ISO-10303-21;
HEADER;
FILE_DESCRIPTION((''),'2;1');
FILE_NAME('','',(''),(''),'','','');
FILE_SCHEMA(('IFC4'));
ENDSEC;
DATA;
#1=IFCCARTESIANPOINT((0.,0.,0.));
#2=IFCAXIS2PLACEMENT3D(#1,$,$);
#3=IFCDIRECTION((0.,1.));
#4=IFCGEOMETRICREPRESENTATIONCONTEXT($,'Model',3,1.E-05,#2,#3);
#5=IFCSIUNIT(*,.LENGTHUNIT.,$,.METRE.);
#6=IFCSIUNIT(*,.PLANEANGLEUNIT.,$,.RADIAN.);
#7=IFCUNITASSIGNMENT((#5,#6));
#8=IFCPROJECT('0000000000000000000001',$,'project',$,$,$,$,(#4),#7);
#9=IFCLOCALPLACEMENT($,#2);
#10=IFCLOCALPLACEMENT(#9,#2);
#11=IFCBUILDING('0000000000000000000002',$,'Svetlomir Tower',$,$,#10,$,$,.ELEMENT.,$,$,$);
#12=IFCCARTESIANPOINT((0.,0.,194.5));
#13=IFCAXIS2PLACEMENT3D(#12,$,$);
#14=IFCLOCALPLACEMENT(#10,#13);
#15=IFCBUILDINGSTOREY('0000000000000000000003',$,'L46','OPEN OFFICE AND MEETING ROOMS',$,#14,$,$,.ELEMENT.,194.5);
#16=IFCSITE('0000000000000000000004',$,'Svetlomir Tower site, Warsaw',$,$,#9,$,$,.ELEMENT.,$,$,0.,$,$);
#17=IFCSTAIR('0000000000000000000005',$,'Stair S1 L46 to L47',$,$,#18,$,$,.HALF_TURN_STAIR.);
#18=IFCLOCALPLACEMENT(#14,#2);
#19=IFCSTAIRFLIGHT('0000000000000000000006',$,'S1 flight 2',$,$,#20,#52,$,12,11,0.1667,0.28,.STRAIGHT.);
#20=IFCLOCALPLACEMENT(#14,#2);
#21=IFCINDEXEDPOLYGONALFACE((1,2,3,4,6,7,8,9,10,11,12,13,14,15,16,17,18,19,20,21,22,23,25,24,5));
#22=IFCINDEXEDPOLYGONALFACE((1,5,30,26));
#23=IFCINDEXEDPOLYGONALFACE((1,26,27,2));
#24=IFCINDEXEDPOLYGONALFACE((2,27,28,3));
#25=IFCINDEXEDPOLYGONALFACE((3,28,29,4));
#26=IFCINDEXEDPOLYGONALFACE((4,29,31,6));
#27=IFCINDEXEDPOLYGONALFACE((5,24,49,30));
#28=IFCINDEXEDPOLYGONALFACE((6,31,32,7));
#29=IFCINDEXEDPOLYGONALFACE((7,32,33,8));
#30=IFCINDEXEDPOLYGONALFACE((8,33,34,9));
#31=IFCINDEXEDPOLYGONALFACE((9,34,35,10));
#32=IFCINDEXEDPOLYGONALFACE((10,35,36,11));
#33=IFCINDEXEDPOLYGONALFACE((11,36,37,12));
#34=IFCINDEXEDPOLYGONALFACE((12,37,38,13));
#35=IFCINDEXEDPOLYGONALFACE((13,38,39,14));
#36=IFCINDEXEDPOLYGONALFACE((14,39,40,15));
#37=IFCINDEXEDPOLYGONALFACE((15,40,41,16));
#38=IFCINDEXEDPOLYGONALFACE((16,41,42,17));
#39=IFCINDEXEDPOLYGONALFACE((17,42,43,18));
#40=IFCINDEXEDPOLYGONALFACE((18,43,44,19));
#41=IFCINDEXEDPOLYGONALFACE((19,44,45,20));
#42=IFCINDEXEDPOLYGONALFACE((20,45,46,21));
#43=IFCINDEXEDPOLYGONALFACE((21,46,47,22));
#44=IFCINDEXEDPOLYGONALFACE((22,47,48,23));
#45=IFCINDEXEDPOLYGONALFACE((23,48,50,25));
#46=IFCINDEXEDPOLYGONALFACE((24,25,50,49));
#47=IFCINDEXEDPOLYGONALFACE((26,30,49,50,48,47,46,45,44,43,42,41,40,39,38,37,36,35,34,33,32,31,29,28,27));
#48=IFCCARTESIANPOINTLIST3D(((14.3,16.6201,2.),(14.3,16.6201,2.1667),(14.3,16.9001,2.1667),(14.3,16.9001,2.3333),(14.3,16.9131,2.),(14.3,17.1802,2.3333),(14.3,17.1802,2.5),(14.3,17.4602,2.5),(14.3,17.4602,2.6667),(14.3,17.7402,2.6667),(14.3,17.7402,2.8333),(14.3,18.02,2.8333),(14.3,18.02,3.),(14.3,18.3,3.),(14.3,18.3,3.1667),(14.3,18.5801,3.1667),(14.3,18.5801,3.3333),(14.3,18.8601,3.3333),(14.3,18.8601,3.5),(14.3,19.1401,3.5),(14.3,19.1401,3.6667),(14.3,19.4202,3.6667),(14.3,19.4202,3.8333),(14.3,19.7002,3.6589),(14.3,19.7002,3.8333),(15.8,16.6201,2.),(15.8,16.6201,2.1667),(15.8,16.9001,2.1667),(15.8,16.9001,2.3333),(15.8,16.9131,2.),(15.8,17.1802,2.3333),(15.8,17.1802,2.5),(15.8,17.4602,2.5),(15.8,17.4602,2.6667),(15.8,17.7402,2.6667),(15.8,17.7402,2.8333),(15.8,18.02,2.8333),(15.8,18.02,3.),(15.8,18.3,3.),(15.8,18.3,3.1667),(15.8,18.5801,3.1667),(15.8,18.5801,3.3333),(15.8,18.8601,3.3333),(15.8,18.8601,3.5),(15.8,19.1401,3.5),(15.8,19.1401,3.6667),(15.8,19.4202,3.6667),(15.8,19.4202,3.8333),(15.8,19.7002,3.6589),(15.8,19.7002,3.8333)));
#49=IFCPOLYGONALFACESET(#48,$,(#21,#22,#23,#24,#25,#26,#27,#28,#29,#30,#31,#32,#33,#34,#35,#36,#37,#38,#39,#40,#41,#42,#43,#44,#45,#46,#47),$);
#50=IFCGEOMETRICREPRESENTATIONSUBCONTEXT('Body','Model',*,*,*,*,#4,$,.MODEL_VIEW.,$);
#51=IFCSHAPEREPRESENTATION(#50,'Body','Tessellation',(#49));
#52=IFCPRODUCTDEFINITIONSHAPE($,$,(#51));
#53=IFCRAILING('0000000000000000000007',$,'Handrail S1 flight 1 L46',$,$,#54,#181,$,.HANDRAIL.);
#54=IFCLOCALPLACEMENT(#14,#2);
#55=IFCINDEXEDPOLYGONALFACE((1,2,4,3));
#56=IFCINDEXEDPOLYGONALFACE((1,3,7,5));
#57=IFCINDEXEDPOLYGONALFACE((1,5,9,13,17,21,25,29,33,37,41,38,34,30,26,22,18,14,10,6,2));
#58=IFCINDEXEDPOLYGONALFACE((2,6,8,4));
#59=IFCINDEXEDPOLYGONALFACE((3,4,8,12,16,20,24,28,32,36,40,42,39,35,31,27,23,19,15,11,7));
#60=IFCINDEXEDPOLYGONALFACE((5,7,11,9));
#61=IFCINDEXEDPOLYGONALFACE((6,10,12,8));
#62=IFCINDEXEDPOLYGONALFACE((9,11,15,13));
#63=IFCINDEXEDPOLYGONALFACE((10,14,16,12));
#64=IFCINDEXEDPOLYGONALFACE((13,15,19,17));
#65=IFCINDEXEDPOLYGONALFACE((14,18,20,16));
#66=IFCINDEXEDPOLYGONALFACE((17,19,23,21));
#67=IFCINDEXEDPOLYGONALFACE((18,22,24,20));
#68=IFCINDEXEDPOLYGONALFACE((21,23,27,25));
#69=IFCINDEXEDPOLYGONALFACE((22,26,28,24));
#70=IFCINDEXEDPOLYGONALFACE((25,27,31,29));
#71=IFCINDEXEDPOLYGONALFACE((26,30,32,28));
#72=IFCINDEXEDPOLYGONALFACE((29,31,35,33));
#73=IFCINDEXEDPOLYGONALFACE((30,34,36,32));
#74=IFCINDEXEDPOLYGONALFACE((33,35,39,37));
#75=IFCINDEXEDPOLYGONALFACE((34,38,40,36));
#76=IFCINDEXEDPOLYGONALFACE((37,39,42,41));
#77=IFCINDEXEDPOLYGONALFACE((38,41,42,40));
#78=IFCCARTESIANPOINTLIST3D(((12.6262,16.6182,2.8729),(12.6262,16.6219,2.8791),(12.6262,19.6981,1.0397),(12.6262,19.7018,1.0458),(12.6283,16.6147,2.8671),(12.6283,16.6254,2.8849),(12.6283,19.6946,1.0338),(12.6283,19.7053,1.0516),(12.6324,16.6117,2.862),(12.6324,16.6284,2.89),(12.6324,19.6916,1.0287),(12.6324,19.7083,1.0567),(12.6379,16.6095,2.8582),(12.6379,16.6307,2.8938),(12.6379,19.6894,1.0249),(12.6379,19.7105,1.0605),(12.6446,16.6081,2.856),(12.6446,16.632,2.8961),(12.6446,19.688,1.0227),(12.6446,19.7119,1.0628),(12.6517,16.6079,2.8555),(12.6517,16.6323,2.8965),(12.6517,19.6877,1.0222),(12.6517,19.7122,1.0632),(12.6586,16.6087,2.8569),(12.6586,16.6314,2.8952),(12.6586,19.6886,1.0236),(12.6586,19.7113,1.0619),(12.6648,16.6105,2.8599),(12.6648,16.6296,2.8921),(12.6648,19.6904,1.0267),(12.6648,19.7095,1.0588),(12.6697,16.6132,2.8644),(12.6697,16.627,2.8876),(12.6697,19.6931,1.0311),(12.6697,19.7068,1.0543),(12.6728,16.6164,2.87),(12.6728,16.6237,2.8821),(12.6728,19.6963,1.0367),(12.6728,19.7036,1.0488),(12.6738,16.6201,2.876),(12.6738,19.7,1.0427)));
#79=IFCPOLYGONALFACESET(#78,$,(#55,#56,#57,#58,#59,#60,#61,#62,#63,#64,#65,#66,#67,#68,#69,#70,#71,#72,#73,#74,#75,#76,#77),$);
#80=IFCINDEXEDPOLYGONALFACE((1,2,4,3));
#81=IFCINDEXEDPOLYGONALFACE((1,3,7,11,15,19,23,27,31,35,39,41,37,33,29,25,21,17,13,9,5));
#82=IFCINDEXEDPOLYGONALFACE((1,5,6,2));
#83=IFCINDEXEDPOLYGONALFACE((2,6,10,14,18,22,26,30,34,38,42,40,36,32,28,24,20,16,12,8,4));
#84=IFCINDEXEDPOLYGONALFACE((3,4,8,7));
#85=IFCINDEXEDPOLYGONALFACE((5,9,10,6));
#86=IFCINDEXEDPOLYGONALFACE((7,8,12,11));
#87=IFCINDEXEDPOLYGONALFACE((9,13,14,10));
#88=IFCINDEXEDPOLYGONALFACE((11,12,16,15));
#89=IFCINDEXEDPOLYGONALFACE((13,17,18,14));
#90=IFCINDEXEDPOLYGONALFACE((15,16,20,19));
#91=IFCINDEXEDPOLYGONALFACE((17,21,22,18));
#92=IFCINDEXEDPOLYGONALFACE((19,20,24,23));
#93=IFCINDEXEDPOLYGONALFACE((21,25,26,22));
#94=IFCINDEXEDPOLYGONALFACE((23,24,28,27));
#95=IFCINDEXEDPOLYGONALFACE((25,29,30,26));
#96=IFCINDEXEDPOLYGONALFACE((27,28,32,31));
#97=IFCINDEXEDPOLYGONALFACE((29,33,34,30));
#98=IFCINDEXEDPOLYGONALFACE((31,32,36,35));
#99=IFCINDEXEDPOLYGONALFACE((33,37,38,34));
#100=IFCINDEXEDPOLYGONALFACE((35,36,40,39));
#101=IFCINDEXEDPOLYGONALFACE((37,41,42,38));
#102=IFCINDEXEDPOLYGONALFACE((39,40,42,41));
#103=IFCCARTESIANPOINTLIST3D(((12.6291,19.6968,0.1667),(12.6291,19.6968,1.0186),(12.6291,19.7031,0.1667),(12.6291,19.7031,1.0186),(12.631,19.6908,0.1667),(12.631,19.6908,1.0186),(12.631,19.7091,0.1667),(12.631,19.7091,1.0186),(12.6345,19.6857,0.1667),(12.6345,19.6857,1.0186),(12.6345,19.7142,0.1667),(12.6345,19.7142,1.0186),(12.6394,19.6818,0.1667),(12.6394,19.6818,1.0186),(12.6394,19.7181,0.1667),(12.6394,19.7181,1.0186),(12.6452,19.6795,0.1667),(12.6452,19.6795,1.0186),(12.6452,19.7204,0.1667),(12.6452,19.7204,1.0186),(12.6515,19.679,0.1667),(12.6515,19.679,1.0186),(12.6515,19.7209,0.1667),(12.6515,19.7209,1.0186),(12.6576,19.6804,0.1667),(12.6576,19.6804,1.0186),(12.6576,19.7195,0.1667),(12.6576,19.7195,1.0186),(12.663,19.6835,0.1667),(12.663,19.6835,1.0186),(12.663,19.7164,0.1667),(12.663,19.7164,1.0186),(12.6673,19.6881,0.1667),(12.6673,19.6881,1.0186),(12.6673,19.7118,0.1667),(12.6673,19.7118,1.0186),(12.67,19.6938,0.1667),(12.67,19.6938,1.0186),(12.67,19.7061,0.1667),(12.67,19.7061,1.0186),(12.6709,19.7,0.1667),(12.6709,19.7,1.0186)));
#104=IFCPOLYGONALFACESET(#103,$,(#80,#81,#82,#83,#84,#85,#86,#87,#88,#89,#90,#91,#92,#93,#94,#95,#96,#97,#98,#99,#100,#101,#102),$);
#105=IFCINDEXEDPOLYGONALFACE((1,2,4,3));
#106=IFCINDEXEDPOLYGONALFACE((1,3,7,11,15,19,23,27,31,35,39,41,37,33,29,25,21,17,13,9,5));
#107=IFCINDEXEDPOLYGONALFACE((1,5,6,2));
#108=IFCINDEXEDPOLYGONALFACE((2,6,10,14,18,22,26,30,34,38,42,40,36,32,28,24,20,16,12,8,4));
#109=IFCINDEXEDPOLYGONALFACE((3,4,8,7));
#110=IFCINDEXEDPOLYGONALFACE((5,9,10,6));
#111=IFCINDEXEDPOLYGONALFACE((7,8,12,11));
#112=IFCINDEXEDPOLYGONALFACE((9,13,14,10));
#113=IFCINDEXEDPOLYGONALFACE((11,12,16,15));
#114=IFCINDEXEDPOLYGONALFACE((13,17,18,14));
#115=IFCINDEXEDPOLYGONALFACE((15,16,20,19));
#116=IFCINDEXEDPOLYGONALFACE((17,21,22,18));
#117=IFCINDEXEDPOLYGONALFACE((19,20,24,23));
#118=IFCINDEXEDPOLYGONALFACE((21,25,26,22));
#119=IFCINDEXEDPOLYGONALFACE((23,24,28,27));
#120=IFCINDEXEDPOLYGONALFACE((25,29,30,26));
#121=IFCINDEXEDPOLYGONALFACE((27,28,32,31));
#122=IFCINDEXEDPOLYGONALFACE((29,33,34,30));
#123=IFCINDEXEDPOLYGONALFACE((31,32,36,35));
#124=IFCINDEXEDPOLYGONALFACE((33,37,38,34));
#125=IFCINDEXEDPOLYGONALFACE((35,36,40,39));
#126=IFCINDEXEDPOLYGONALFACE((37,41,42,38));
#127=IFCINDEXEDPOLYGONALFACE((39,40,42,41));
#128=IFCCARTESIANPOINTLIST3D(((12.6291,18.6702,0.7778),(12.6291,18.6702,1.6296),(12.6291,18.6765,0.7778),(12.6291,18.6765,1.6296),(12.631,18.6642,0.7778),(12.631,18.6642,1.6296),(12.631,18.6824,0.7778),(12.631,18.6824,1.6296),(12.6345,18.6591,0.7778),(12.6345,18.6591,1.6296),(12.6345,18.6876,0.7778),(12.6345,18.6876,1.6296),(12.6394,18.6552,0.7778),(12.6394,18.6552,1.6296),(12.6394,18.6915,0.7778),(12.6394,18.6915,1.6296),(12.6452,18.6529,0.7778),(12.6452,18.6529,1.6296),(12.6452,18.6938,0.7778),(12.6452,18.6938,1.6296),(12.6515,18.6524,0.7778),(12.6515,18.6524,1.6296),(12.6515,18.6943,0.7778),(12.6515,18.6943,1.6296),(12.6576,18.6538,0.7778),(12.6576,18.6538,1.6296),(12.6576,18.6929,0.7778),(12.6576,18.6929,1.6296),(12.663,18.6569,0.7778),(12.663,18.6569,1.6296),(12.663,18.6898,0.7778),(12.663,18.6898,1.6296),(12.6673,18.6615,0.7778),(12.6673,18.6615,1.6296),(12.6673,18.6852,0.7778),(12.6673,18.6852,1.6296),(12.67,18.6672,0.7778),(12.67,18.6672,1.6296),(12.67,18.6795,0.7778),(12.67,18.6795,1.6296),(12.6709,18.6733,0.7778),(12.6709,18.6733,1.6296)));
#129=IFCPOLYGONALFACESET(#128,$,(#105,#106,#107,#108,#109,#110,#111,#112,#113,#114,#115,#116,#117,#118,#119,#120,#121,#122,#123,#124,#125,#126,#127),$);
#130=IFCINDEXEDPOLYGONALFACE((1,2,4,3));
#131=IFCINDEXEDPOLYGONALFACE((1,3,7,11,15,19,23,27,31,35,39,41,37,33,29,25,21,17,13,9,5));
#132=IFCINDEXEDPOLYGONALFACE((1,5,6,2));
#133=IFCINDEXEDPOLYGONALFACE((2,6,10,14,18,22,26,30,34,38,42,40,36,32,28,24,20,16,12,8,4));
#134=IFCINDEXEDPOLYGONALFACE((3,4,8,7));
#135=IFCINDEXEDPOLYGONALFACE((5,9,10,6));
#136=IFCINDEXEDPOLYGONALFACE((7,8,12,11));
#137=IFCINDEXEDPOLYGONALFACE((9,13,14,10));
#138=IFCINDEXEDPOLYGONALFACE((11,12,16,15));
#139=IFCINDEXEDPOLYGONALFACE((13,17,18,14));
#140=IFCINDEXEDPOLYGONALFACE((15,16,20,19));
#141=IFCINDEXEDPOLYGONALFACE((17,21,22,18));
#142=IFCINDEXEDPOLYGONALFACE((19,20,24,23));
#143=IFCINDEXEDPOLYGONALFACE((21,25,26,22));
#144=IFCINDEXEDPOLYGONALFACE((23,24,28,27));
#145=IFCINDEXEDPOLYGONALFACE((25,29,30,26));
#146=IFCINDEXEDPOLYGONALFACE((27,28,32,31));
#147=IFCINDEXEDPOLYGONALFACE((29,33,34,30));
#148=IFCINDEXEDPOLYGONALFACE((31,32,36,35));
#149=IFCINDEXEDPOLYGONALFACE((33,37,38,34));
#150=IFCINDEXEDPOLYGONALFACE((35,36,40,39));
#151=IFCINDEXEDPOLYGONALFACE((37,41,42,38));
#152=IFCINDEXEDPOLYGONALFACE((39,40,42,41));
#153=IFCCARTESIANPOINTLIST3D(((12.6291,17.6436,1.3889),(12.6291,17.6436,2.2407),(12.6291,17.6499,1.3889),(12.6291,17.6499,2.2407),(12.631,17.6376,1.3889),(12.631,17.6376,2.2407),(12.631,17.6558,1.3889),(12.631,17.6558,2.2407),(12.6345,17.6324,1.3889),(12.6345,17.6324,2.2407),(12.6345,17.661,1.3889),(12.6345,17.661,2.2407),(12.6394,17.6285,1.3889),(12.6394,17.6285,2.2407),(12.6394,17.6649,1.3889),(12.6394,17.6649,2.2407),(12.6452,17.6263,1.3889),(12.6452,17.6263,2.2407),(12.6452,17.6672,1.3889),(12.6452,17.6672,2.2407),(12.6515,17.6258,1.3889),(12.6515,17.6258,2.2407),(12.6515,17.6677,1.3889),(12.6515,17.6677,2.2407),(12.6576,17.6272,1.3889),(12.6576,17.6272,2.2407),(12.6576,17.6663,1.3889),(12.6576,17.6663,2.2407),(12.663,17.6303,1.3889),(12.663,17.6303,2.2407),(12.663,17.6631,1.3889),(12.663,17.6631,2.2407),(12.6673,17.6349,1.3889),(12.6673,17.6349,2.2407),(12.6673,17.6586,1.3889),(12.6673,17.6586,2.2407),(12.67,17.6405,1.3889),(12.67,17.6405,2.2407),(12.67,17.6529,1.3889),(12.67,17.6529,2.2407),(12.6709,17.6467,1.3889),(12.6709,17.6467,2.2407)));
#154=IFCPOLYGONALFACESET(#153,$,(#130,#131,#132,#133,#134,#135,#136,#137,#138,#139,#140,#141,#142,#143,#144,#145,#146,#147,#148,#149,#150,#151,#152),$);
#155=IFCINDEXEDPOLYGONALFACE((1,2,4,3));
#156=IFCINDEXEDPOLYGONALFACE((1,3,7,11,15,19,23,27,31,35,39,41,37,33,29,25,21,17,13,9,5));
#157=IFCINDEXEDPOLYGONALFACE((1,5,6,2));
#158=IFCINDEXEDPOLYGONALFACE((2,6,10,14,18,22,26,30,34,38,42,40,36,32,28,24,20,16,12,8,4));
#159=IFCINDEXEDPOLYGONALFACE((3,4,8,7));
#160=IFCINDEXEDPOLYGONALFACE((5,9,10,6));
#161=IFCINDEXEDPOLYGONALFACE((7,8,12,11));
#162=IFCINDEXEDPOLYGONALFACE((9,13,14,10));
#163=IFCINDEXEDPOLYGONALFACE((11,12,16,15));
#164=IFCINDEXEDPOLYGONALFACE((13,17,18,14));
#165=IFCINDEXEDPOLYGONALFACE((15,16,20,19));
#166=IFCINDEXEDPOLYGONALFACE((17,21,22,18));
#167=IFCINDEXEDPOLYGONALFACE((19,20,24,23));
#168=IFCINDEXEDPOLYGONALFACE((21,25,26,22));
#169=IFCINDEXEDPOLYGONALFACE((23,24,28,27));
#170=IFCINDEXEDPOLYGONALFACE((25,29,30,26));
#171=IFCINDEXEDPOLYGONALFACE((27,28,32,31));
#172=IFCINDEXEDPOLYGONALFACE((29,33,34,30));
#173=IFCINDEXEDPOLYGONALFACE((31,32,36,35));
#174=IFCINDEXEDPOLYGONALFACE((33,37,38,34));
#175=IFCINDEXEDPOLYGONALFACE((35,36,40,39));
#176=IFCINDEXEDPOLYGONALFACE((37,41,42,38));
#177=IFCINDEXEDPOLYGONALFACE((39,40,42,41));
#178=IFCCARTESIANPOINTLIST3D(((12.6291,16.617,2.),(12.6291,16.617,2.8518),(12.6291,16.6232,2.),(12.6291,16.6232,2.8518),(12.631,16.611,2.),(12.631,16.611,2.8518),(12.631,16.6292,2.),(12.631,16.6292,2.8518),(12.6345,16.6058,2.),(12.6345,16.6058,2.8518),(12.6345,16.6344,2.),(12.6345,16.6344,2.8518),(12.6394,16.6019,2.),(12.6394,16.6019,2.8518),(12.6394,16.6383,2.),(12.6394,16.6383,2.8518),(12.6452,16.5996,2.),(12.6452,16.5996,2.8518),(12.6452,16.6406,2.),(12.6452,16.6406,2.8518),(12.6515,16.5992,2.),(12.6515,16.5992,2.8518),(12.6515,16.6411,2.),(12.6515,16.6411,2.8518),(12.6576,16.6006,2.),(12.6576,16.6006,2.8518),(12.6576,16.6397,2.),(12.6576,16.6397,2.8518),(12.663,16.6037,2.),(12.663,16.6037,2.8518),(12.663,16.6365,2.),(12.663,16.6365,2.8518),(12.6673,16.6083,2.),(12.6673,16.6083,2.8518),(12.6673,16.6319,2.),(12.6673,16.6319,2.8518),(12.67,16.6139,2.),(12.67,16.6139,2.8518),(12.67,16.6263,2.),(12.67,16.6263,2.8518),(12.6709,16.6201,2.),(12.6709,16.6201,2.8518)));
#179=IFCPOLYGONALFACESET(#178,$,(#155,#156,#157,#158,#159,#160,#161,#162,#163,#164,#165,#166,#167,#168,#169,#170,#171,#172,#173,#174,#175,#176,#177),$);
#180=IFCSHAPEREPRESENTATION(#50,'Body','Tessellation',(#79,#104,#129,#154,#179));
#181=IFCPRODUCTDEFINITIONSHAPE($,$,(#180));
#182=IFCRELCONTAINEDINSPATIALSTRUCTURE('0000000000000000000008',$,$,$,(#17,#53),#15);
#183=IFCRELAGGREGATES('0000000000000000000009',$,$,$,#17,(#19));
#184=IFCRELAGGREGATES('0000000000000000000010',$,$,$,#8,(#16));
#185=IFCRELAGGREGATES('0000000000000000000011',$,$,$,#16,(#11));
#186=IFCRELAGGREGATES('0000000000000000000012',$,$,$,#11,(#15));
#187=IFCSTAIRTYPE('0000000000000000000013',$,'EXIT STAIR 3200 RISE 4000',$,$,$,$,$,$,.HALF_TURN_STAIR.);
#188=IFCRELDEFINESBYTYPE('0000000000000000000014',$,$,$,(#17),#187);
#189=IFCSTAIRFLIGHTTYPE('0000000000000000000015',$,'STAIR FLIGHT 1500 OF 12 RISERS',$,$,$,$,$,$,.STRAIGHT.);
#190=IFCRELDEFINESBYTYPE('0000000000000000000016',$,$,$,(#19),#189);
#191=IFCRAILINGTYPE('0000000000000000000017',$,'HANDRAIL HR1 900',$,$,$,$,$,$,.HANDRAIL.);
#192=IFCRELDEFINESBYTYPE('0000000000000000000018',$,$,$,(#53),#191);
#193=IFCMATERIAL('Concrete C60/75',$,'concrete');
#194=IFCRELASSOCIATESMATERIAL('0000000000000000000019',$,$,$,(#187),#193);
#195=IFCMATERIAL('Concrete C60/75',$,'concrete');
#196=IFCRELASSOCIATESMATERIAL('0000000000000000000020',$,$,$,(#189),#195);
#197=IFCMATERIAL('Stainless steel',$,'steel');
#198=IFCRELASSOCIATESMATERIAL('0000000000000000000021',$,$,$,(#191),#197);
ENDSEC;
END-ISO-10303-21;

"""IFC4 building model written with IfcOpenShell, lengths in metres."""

from ifc_helpers import new_model, si_unit, direction, frame, origin, origin_2d, place, context, subcontext, project, spatial, polyline, circle, outline, extrude, material, type_object, element, aggregate, save


model = new_model("IFC4")

# Units and contexts
model_context = context("Model", 3, precision=1e-05, world=origin(), true_north=direction((0.0, 1.0)))
body_context = subcontext(model_context, "Body", "Model", "MODEL_VIEW")
ifc_project = project(units=[si_unit("LENGTHUNIT", "METRE"), si_unit("PLANEANGLEUNIT", "RADIAN")], contexts=[model_context])

# Site, building, storey
site_placement = place(None, origin())
site = spatial("IfcSite", under=ifc_project, at=site_placement, Name="Svetlomir Tower site, Warsaw", CompositionType="ELEMENT", RefElevation=0.0)
building_placement = place(site_placement, origin())
building = spatial("IfcBuilding", under=site, at=building_placement, Name="Svetlomir Tower", CompositionType="ELEMENT")
storey_placement = place(building_placement, frame((0.0, 0.0, 194.5)))
storey = spatial("IfcBuildingStorey", under=building, at=storey_placement, Name="L46", Description="OPEN OFFICE AND MEETING ROOMS", CompositionType="ELEMENT", Elevation=194.5)

# Stair, stair flight
ifc_material_1 = material(Name="Concrete C60/75", Category="concrete")
stair_type = type_object("IfcStairType", Name="EXIT STAIR 3200 RISE 4000", PredefinedType="HALF_TURN_STAIR", material=ifc_material_1)
stair_placement = place(storey_placement, origin())
stair = element("IfcStair", 1, at=stair_placement, inside=storey, type_object=stair_type, Name="Stair S1 L46 to L47", PredefinedType="HALF_TURN_STAIR")
ifc_material_2 = material(Name="Concrete C60/75", Category="concrete")
stair_flight_type = type_object("IfcStairFlightType", Name="STAIR FLIGHT 1500 OF 12 RISERS", PredefinedType="STRAIGHT", material=ifc_material_2)
stair_flight_1_placement = place(storey_placement, frame((15.05, 16.6201, 2.0), z_axis=(0.0, 0.0, 1.0), x_axis=(0.0, 1.0, 0.0)))
stair_flight_1 = element("IfcStairFlight", 2, at=stair_flight_1_placement, type_object=stair_flight_type, Name="S1 flight 2", NumberOfRisers=12, NumberOfTreads=11, PredefinedType="STRAIGHT", RiserHeight=0.1667, TreadLength=0.28, context=body_context, shape_type="SweptSolid", body=[
    extrude(outline(polyline([(0.0, 0.0), (0.0, 0.1667), (0.28, 0.1667), (0.28, 0.3333), (0.5601, 0.3333), (0.5601, 0.5), (0.8401, 0.5), (0.8401, 0.6667), (1.1201, 0.6667), (1.1201, 0.8333), (1.3999, 0.8333), (1.3999, 1.0), (1.6799, 1.0), (1.6799, 1.1667), (1.96, 1.1667), (1.96, 1.3333), (2.24, 1.3333), (2.24, 1.5), (2.52, 1.5), (2.52, 1.6667), (2.8, 1.6667), (2.8, 1.8333), (3.0801, 1.8333), (3.0801, 2.0), (3.0801, 1.6589), (0.293, 0.0), (0.0, 0.0)])), frame((0.0, 0.75, 0.0), z_axis=(0.0, -1.0, 0.0), x_axis=(1.0, 0.0, 0.0)), (0.0, 0.0, 1.0), 1.5),
])
aggregate(stair, [stair_flight_1])

# Railing
ifc_material_3 = material(Name="Stainless steel", Category="steel")
railing_type = type_object("IfcRailingType", Name="HANDRAIL HR1 900", PredefinedType="HANDRAIL", material=ifc_material_3)
railing_placement = place(storey_placement, frame((12.6499, 19.7, 0.1667)))
element("IfcRailing", 3, at=railing_placement, inside=storey, type_object=railing_type, Name="Handrail S1 flight 1 L46", PredefinedType="HANDRAIL", context=body_context, shape_type="SweptSolid", body=[
    extrude(circle(Radius=0.0239, at=origin_2d()), frame((0.0, 0.0, 0.876), z_axis=(0.0, -0.859291, 0.511487), x_axis=(1.0, 0.0, 0.0)), (0.0, 0.0, 1.0), 3.5842),
    extrude(circle(Radius=0.021, at=origin_2d()), origin(), (0.0, 0.0, 1.0), 0.8518),
    extrude(circle(Radius=0.021, at=origin_2d()), frame((0.0, -1.0266, 0.6111)), (0.0, 0.0, 1.0), 0.8518),
    extrude(circle(Radius=0.021, at=origin_2d()), frame((0.0, -2.0532, 1.2222)), (0.0, 0.0, 1.0), 0.8518),
    extrude(circle(Radius=0.021, at=origin_2d()), frame((0.0, -3.0798, 1.8333)), (0.0, 0.0, 1.0), 0.8518),
])

save(model, "model.ifc")
